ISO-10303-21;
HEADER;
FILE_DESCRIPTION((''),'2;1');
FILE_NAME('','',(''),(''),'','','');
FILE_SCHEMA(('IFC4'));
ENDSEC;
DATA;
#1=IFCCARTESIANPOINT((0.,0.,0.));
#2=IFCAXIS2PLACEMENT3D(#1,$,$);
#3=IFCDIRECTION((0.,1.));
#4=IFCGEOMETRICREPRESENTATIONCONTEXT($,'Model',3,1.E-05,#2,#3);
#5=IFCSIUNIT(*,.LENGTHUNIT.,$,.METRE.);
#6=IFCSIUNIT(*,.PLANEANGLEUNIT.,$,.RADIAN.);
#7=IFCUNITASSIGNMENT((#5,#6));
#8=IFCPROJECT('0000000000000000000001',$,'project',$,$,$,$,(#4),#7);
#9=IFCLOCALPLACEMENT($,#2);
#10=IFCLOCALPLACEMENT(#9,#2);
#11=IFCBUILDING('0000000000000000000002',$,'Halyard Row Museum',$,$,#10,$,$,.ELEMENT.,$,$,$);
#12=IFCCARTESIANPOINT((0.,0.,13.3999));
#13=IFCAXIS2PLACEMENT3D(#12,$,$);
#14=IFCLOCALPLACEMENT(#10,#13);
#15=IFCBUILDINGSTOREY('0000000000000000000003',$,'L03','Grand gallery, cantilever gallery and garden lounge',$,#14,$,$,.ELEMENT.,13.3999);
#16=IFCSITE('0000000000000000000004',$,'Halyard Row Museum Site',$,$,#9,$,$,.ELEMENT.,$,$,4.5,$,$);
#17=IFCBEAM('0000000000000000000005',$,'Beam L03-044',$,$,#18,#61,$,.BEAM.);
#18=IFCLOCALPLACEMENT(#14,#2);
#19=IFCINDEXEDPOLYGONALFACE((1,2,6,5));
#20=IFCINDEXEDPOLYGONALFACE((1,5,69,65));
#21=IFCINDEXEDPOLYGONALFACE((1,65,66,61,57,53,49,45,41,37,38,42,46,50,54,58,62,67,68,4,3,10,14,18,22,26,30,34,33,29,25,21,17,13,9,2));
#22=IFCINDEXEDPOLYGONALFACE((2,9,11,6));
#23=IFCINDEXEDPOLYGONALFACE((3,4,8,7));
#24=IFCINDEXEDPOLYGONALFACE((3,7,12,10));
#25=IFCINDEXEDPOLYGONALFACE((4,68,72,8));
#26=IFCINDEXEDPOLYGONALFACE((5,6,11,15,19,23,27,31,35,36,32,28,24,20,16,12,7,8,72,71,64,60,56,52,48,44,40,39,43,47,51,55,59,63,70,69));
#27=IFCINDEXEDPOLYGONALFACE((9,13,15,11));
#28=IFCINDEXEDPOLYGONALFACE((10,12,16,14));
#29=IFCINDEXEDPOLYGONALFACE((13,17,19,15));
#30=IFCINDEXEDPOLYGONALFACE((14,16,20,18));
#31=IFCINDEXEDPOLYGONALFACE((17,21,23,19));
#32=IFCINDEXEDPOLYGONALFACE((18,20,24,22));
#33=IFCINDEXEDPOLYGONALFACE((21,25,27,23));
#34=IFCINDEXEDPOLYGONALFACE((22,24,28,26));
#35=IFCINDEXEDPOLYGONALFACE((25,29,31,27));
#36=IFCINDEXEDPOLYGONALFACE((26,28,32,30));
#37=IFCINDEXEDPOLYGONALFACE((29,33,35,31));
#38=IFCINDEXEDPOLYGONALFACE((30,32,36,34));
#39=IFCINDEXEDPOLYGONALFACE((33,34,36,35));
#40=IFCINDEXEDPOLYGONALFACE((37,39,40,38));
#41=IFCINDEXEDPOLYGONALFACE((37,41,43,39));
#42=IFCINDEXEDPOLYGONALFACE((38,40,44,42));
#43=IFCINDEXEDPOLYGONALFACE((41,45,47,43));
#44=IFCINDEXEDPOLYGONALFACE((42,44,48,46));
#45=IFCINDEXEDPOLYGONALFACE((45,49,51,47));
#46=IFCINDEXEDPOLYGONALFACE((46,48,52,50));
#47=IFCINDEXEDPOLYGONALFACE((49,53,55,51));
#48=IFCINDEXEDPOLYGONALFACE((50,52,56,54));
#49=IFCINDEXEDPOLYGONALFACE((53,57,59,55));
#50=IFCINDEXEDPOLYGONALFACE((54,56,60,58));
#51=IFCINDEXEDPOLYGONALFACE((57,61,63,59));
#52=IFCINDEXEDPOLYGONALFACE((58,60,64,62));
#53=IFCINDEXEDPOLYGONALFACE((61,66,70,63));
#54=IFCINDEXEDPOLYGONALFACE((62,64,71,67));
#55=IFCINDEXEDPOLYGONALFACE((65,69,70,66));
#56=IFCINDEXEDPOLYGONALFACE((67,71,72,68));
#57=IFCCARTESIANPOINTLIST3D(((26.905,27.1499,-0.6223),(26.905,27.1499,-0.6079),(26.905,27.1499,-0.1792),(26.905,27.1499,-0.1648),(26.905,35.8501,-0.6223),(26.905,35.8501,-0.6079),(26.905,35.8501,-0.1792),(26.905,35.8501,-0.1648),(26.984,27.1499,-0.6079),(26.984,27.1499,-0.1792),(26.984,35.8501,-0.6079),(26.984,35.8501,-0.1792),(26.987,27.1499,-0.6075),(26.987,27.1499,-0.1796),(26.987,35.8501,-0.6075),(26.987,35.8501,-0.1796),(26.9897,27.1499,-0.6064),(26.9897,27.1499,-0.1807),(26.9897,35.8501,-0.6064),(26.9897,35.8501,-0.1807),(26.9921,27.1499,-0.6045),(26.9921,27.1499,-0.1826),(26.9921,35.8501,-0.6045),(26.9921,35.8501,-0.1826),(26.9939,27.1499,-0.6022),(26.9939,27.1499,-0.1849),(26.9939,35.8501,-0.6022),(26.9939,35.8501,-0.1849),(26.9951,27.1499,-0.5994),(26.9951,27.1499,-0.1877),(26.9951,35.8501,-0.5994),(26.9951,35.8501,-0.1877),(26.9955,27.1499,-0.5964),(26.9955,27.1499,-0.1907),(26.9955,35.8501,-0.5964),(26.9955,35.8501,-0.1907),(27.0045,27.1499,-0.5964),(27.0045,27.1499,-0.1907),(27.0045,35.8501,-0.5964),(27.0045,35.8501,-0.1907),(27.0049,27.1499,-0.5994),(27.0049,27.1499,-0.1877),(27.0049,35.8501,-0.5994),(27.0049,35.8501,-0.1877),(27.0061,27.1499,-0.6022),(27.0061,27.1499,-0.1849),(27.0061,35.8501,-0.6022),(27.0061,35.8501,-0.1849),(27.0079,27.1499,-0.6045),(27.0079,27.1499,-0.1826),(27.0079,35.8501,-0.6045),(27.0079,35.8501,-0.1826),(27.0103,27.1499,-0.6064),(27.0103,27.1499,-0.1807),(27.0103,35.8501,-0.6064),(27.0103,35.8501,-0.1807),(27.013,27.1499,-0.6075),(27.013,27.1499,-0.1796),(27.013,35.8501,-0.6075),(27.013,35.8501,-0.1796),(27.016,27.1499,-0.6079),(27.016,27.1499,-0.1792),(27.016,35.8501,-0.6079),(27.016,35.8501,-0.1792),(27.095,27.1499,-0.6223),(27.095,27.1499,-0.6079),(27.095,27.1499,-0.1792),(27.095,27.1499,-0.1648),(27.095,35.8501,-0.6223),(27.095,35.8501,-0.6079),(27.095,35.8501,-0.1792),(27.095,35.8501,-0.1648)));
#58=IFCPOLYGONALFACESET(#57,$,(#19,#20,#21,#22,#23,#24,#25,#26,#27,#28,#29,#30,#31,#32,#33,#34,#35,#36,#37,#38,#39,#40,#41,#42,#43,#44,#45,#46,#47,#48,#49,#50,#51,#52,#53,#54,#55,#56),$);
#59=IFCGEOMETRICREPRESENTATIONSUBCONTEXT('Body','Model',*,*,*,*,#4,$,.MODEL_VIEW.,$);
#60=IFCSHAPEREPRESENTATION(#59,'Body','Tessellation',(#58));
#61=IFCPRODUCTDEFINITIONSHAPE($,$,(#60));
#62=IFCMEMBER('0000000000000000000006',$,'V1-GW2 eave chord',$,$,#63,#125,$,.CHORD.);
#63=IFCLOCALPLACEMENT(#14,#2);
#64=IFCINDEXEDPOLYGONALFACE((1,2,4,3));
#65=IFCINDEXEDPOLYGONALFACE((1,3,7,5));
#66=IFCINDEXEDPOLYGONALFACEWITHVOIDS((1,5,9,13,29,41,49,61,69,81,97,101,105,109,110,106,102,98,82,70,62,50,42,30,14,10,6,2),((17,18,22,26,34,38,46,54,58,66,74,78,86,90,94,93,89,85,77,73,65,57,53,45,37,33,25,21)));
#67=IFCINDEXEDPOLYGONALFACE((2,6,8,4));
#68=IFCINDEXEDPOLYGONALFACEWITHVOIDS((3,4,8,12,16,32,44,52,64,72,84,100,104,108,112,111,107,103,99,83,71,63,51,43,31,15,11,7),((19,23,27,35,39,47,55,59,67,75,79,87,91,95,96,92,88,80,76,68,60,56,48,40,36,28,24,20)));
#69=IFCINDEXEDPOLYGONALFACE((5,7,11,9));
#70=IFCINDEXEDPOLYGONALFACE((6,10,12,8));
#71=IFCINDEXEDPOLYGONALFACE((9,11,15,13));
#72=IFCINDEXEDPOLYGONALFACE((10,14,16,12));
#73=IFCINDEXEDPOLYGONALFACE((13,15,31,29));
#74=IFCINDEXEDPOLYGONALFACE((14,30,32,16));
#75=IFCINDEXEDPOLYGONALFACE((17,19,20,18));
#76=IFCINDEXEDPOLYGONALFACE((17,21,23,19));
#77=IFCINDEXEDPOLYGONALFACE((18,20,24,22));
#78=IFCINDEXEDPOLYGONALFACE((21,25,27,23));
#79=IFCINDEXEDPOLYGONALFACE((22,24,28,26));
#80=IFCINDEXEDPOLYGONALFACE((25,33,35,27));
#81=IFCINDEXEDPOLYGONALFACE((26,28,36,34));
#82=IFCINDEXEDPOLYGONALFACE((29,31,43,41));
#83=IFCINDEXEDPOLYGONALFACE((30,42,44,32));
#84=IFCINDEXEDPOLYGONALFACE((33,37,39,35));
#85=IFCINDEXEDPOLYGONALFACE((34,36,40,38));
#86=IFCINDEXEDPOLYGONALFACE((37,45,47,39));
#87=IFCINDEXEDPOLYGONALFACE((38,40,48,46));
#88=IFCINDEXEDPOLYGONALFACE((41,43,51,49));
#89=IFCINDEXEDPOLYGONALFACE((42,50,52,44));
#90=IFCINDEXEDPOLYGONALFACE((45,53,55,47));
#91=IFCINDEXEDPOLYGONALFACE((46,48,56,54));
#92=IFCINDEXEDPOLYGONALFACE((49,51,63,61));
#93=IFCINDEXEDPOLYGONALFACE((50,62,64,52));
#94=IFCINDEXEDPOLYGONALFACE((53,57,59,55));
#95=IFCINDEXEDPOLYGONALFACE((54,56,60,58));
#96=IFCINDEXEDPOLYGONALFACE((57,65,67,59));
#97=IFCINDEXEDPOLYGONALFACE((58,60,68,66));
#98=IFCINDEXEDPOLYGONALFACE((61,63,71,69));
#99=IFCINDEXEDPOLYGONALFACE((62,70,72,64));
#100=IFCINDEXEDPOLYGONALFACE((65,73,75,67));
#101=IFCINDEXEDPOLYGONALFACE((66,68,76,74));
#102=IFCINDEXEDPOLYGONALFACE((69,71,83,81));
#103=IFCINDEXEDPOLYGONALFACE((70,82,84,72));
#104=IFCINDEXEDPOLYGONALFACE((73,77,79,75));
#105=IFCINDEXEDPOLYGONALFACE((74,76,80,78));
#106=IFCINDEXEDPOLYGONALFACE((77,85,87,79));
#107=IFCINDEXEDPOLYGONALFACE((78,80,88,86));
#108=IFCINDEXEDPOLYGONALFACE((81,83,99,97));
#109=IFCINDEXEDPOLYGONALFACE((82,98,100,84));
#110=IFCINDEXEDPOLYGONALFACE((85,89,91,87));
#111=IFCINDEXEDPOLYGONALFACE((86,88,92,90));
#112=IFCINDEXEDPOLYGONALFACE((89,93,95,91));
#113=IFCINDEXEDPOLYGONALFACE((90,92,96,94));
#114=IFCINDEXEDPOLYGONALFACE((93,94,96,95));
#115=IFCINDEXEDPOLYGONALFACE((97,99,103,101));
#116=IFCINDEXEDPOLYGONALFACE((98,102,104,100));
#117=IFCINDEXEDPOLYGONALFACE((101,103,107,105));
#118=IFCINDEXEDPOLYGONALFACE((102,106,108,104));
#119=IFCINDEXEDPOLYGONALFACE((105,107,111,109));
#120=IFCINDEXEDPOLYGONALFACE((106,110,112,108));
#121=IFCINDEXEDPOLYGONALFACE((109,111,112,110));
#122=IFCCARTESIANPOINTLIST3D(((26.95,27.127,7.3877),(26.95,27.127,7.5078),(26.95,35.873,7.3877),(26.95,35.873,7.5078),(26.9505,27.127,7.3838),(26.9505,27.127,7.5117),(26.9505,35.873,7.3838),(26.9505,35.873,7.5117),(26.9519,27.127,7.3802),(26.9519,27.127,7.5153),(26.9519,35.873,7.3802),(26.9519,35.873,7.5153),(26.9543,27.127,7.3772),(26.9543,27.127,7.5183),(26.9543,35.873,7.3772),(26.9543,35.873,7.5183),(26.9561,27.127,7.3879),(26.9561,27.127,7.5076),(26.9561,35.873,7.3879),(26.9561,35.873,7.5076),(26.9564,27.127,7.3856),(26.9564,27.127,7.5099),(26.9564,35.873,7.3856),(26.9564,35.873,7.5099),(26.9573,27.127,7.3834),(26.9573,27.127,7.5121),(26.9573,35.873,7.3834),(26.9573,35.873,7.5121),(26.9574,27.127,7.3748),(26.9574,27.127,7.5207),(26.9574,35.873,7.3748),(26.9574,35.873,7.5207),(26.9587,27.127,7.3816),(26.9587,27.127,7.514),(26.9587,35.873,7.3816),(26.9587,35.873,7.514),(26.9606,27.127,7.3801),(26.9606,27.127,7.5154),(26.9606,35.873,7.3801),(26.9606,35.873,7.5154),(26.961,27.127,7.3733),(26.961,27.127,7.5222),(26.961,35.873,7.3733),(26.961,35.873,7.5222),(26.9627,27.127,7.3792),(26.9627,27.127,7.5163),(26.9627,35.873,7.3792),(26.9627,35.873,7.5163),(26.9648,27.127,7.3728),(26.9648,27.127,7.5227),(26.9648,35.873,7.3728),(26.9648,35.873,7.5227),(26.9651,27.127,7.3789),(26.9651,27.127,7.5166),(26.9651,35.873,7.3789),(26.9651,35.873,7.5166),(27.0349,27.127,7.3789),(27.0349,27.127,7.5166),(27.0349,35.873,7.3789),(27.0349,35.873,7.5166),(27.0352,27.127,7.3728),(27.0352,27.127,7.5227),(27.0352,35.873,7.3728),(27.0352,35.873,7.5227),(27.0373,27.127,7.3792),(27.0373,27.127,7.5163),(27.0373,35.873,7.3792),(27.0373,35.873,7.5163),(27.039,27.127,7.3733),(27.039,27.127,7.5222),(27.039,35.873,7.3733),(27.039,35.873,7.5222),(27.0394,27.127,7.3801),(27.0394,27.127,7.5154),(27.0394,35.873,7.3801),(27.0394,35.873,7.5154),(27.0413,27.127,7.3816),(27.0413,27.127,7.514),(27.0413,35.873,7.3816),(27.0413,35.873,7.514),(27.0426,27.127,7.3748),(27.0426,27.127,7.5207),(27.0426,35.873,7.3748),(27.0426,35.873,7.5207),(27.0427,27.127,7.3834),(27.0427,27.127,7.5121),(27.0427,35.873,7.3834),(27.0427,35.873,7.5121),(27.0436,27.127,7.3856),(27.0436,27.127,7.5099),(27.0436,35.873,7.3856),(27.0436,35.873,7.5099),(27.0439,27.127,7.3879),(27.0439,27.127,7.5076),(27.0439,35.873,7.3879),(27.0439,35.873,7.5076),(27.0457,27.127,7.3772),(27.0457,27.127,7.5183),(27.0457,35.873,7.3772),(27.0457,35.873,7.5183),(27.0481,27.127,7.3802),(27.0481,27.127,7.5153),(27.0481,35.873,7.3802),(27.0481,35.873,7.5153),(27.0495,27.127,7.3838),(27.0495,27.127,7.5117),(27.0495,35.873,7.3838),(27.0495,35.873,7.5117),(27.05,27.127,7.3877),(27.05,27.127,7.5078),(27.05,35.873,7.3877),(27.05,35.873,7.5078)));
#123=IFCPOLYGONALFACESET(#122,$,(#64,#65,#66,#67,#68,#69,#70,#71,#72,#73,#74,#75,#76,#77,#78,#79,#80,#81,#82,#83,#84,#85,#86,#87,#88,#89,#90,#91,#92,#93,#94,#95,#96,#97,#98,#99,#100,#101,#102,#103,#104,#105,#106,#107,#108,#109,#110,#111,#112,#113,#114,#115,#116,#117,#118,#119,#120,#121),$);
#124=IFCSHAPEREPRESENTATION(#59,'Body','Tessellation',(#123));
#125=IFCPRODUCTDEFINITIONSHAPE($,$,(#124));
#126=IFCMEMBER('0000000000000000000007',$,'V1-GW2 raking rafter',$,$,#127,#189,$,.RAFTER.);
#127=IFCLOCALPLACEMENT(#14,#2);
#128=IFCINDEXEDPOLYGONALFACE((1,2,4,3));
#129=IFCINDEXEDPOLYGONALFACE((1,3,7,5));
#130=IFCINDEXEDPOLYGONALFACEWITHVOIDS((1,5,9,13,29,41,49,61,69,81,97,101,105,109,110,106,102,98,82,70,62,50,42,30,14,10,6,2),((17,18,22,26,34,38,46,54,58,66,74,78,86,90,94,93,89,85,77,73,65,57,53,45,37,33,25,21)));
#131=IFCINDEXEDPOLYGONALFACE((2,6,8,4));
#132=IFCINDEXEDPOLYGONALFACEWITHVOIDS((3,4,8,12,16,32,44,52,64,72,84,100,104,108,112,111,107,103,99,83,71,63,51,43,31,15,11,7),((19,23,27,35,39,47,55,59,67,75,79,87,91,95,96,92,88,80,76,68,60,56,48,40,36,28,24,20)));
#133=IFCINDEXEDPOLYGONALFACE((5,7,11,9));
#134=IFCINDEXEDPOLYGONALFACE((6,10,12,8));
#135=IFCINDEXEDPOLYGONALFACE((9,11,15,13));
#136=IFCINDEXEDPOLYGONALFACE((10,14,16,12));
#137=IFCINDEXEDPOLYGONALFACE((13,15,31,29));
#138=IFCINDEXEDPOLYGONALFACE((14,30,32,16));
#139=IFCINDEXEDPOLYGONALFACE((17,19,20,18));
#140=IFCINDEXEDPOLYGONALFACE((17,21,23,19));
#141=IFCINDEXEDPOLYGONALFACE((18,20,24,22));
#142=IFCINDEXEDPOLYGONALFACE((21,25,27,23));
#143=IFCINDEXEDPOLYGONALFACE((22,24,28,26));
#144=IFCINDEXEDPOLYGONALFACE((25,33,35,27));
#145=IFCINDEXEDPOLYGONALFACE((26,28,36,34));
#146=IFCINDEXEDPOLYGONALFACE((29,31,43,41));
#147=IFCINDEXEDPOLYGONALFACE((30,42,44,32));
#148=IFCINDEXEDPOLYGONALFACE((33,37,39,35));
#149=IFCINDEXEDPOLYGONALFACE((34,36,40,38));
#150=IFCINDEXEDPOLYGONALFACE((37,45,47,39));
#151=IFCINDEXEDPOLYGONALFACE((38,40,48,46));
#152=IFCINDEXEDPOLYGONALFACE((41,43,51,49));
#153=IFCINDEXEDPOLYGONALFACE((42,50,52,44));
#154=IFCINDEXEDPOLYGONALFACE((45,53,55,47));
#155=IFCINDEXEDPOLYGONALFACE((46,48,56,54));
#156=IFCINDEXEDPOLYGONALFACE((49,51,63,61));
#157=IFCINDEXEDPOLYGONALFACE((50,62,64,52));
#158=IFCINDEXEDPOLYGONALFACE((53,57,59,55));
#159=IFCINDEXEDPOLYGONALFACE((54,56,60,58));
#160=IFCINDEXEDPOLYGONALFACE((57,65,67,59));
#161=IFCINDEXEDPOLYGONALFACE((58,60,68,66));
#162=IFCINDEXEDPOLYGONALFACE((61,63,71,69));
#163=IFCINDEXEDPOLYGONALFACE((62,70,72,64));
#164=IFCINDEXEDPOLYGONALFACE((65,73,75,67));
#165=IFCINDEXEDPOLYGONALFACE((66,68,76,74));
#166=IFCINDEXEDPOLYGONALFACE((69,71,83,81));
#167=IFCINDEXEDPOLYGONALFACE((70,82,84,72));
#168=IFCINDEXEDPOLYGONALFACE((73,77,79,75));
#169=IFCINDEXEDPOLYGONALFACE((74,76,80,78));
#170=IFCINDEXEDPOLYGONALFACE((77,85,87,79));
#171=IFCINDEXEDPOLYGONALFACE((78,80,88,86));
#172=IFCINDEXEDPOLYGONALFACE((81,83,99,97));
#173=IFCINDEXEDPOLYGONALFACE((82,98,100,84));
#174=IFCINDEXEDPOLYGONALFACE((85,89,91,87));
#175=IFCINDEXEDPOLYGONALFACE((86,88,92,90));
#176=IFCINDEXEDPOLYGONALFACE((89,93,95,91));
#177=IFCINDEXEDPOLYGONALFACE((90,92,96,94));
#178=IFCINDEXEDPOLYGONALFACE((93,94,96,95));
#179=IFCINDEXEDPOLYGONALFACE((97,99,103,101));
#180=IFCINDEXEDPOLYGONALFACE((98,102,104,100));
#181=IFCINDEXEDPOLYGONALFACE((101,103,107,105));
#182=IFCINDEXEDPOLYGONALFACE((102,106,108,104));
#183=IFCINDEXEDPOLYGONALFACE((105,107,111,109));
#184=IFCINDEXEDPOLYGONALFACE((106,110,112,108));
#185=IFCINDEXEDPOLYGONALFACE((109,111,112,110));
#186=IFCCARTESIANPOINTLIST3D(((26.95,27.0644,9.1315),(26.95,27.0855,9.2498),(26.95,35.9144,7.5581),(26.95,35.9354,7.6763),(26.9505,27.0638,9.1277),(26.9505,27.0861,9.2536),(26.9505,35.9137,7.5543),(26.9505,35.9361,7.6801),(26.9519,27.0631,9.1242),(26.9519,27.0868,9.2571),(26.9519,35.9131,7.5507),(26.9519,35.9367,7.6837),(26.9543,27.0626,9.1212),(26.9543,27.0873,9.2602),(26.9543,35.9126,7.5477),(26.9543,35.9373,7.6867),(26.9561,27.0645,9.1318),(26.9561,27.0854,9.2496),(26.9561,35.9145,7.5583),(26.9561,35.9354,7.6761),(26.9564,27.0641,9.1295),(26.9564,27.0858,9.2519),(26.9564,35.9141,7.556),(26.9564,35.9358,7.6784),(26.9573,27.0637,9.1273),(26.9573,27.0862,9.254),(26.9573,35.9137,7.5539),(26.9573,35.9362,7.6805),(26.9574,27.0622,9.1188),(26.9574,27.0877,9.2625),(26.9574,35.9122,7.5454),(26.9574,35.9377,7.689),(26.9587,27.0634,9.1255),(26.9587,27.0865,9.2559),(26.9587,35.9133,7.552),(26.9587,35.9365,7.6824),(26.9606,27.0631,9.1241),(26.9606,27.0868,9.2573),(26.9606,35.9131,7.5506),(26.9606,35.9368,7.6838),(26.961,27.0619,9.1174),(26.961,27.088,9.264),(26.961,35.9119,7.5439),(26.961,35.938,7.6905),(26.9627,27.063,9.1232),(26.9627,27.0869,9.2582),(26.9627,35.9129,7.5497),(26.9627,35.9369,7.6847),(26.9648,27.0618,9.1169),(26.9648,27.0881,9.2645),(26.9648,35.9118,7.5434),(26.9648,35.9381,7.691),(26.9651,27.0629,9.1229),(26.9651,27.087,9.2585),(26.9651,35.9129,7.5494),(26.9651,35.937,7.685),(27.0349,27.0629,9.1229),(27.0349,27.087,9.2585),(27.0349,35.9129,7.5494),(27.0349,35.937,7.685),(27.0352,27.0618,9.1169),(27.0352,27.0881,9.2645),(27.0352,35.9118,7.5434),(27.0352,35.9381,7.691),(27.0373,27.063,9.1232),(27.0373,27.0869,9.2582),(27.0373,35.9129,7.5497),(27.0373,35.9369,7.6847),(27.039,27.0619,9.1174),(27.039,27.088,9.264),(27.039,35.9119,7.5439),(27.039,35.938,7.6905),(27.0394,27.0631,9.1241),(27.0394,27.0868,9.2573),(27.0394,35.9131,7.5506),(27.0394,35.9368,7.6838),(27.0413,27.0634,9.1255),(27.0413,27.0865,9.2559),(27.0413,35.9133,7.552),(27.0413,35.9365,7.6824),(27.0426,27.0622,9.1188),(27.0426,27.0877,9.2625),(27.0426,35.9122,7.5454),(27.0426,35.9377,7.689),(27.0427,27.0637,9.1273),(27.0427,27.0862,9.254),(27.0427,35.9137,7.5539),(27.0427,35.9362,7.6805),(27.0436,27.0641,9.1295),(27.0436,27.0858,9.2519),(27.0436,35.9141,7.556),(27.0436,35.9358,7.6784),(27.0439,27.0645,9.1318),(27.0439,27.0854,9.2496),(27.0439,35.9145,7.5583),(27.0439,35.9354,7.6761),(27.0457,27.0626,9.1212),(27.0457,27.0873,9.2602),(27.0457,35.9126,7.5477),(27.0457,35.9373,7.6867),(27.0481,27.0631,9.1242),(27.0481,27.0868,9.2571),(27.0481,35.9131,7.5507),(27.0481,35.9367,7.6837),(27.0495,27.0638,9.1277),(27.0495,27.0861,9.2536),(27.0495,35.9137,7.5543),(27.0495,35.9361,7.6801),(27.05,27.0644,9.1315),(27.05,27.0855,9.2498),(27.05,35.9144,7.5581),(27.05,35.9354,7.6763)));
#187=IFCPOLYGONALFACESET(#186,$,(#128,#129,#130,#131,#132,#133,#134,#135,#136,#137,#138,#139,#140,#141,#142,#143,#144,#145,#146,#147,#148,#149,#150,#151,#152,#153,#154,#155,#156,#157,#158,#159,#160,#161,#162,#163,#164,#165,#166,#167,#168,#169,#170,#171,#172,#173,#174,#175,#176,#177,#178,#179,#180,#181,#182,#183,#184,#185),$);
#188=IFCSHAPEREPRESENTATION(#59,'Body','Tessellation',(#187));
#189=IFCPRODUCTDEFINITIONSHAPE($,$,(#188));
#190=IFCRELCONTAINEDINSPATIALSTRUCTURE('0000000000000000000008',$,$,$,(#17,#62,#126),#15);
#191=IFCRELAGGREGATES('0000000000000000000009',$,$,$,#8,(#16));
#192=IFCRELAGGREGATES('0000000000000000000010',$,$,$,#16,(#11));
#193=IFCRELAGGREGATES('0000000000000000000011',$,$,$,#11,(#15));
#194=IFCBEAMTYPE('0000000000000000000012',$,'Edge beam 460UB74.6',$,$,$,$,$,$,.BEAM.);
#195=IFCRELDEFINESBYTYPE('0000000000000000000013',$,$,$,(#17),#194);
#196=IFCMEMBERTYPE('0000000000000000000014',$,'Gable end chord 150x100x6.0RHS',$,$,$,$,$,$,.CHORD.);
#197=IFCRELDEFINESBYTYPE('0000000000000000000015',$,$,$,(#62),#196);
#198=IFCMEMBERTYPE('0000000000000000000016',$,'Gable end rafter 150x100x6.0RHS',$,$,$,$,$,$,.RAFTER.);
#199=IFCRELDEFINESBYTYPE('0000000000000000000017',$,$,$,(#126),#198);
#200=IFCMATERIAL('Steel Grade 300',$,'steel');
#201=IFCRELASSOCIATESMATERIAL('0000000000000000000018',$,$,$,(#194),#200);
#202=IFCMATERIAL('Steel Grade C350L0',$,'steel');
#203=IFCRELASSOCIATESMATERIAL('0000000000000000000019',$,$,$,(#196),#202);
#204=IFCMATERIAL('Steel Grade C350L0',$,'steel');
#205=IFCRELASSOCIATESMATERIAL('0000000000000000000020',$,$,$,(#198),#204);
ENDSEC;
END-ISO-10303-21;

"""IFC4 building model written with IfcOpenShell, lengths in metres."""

from ifc_helpers import new_model, si_unit, direction, frame, origin, origin_2d, place, context, subcontext, project, spatial, hollow_rectangle, i_section, extrude, material, material_profile, profile_set, type_object, element, save


model = new_model("IFC4")

# Units and contexts
model_context = context("Model", 3, precision=1e-05, world=origin(), true_north=direction((0.0, 1.0)))
body_context = subcontext(model_context, "Body", "Model", "MODEL_VIEW")
ifc_project = project(units=[si_unit("LENGTHUNIT", "METRE"), si_unit("PLANEANGLEUNIT", "RADIAN")], contexts=[model_context])

# Site, building, storey
site_placement = place(None, origin())
site = spatial("IfcSite", under=ifc_project, at=site_placement, Name="Halyard Row Museum Site", CompositionType="ELEMENT", RefElevation=4.5)
building_placement = place(site_placement, origin())
building = spatial("IfcBuilding", under=site, at=building_placement, Name="Halyard Row Museum", CompositionType="ELEMENT")
storey_placement = place(building_placement, frame((0.0, 0.0, 13.3999)))
storey = spatial("IfcBuildingStorey", under=building, at=storey_placement, Name="L03", Description="Grand gallery, cantilever gallery and garden lounge", CompositionType="ELEMENT", Elevation=13.3999)

# Beam
ifc_material_1 = material(Name="Steel Grade 300", Category="steel")
ifc_material_profile_1 = material_profile(ifc_material_1, i_section(OverallWidth=0.1899, OverallDepth=0.4575, WebThickness=0.009, FlangeThickness=0.0144, FilletRadius=0.0115, at=origin_2d()), Name="460UB74.6")
ifc_profile_set_1 = profile_set([ifc_material_profile_1], Name="Steel Grade 300")
beam_type_1 = type_object("IfcBeamType", Name="Edge beam 460UB74.6", PredefinedType="BEAM", material=ifc_profile_set_1)
beam_1_placement = place(storey_placement, frame((27.0, 27.1499, -0.3936), z_axis=(0.0, 1.0, 0.0), x_axis=(-1.0, 0.0, 0.0)))
element("IfcBeam", 1, at=beam_1_placement, inside=storey, type_object=beam_type_1, Name="Beam L03-044", PredefinedType="BEAM", context=body_context, shape_type="SweptSolid", body=[
    extrude(i_section(OverallWidth=0.1899, OverallDepth=0.4575, WebThickness=0.009, FlangeThickness=0.0144, FilletRadius=0.0115, at=origin_2d()), origin(), (0.0, 0.0, 1.0), 8.7002),
])

# Members
ifc_material_2 = material(Name="Steel Grade C350L0", Category="steel")
ifc_material_profile_2 = material_profile(ifc_material_2, hollow_rectangle(XDim=0.1001, YDim=0.1499, WallThickness=0.0061, InnerFilletRadius=0.009, OuterFilletRadius=0.0149, at=origin_2d()), Name="150x100x6.0RHS")
ifc_profile_set_2 = profile_set([ifc_material_profile_2], Name="Steel Grade C350L0")
member_type_1 = type_object("IfcMemberType", Name="Gable end chord 150x100x6.0RHS", PredefinedType="CHORD", material=ifc_profile_set_2)
member_1_placement = place(storey_placement, frame((27.0, 27.127, 7.4478), z_axis=(0.0, 1.0, 0.0), x_axis=(-1.0, 0.0, 0.0)))
element("IfcMember", 2, at=member_1_placement, inside=storey, type_object=member_type_1, Name="V1-GW2 eave chord", PredefinedType="CHORD", context=body_context, shape_type="SweptSolid", body=[
    extrude(hollow_rectangle(XDim=0.1001, YDim=0.1499, WallThickness=0.0061, InnerFilletRadius=0.009, OuterFilletRadius=0.0149, at=origin_2d()), origin(), (0.0, 0.0, 1.0), 8.7461),
])
ifc_material_3 = material(Name="Steel Grade C350L0", Category="steel")
ifc_material_profile_3 = material_profile(ifc_material_3, hollow_rectangle(XDim=0.1001, YDim=0.1499, WallThickness=0.0061, InnerFilletRadius=0.009, OuterFilletRadius=0.0149, at=origin_2d()), Name="150x100x6.0RHS")
ifc_profile_set_3 = profile_set([ifc_material_profile_3], Name="Steel Grade C350L0")
member_type_2 = type_object("IfcMemberType", Name="Gable end rafter 150x100x6.0RHS", PredefinedType="RAFTER", material=ifc_profile_set_3)
member_2_placement = place(storey_placement, frame((27.0, 27.075, 9.1907), z_axis=(0.0, 0.98456, -0.175048), x_axis=(-1.0, 0.0, 0.0)))
element("IfcMember", 3, at=member_2_placement, inside=storey, type_object=member_type_2, Name="V1-GW2 raking rafter", PredefinedType="RAFTER", context=body_context, shape_type="SweptSolid", body=[
    extrude(hollow_rectangle(XDim=0.1001, YDim=0.1499, WallThickness=0.0061, InnerFilletRadius=0.009, OuterFilletRadius=0.0149, at=origin_2d()), origin(), (0.0, 0.0, 1.0), 8.9888),
])

save(model, "model.ifc")
